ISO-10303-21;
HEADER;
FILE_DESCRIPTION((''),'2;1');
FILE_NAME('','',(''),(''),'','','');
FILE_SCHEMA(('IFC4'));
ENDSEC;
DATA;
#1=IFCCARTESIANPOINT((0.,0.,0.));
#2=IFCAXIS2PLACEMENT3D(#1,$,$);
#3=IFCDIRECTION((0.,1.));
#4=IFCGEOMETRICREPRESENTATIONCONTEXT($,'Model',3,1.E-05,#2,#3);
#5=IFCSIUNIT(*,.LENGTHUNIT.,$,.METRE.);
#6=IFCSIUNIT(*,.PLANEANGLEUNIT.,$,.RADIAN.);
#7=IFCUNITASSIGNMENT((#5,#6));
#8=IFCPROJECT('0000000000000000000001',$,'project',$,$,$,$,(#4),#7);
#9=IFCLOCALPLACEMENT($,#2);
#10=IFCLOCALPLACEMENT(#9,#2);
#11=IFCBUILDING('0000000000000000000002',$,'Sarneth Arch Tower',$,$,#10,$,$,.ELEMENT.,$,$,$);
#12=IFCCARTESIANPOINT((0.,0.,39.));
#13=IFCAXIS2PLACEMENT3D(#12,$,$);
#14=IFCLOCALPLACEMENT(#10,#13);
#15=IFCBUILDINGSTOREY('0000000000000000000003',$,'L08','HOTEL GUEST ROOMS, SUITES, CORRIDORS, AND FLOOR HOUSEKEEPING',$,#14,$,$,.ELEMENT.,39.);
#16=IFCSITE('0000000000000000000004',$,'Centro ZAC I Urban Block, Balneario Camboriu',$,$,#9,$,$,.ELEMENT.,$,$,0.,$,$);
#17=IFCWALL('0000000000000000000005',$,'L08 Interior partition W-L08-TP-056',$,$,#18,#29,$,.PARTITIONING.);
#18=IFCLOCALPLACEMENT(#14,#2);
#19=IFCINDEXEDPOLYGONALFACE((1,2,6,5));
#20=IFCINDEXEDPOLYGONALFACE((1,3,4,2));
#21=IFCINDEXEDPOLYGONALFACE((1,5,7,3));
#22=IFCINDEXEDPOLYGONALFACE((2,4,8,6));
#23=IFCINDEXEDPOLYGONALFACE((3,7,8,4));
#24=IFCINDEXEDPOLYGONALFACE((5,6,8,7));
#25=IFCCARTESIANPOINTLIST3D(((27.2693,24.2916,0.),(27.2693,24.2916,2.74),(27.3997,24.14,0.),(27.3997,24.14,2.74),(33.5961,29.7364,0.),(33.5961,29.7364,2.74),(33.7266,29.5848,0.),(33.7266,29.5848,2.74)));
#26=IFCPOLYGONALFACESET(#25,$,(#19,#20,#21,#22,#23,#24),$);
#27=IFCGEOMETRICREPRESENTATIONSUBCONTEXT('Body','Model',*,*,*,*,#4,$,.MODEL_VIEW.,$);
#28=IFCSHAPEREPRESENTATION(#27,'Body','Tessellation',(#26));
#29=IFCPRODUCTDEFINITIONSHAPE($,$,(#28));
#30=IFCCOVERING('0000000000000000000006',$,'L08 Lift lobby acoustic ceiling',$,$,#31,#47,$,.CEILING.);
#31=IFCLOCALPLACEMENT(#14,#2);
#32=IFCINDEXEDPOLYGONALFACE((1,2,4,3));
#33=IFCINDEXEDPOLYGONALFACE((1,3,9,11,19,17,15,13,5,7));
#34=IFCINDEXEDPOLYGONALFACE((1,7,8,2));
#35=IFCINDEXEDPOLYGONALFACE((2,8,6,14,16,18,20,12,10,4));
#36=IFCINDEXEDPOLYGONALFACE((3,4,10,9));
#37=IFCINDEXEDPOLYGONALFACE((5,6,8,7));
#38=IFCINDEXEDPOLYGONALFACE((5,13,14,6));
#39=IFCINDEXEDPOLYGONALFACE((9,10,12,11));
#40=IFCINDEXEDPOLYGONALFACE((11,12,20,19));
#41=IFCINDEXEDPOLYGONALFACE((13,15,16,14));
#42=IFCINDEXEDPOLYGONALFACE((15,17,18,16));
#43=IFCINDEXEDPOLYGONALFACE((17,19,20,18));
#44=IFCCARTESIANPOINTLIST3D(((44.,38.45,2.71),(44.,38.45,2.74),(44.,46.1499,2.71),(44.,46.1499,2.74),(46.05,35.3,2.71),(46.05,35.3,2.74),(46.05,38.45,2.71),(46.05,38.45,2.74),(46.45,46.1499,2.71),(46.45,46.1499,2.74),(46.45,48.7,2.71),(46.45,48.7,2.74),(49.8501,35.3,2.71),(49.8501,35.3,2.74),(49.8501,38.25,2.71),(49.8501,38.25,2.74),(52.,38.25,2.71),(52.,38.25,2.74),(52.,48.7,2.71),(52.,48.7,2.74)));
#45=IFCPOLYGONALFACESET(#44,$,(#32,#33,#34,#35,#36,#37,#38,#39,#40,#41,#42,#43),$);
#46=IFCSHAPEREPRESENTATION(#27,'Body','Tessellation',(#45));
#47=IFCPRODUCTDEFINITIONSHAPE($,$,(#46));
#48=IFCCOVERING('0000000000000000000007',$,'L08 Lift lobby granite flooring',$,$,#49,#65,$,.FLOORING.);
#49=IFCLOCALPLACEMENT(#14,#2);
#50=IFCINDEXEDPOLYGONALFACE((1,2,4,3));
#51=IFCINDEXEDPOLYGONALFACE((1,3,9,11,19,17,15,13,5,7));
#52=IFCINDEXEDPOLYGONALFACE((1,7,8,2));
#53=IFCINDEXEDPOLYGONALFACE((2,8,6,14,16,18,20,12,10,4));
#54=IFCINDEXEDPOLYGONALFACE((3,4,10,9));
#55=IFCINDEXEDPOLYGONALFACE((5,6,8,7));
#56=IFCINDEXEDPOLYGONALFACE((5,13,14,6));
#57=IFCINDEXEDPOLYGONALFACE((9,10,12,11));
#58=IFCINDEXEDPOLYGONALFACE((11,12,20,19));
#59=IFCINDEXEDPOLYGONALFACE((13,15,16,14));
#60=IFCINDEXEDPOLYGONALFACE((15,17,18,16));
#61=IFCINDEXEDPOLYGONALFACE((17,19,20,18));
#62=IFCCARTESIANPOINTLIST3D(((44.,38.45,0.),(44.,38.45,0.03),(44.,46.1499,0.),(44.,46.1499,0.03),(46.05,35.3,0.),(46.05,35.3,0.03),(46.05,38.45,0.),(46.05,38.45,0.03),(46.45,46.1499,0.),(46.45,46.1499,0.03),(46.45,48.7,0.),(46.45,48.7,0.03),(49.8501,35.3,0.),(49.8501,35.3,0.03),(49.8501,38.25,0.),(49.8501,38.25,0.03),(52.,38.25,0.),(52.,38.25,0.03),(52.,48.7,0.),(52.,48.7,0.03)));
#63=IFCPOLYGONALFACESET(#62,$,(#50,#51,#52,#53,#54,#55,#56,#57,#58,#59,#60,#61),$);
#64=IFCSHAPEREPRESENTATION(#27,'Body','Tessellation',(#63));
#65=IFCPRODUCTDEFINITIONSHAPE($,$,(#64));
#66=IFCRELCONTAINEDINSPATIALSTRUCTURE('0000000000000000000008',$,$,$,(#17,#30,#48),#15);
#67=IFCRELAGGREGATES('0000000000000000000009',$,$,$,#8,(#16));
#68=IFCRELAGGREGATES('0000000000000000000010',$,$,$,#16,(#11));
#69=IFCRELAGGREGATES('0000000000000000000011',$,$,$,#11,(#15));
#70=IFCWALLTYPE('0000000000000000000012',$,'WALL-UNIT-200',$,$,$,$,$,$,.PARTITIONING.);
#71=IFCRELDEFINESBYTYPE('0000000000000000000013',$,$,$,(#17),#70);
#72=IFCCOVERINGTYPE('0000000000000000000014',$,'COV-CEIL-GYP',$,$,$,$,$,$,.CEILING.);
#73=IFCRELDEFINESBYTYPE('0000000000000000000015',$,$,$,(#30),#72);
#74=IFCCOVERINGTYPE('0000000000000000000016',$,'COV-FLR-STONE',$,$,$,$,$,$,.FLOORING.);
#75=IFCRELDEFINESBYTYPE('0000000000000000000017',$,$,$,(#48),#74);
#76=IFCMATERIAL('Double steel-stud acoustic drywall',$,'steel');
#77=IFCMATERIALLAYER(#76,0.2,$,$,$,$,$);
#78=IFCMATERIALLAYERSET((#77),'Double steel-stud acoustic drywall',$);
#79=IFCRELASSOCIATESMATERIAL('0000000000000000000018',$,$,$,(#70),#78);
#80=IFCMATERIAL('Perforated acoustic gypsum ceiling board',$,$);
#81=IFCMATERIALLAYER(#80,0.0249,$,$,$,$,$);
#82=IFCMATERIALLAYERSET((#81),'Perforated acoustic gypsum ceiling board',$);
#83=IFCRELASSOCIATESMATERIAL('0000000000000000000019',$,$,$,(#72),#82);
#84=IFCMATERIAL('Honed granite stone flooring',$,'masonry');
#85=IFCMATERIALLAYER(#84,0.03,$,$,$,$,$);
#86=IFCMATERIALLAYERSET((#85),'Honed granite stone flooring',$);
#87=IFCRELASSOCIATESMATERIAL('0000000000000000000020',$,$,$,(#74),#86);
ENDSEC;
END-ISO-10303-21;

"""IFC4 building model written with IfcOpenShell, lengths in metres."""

from ifc_helpers import new_model, si_unit, direction, frame, frame_2d, origin, place, context, subcontext, project, spatial, polyline, rectangle, outline, extrude, material, layer, layer_set, type_object, element, save


model = new_model("IFC4")

# Units and contexts
model_context = context("Model", 3, precision=1e-05, world=origin(), true_north=direction((0.0, 1.0)))
body_context = subcontext(model_context, "Body", "Model", "MODEL_VIEW")
ifc_project = project(units=[si_unit("LENGTHUNIT", "METRE"), si_unit("PLANEANGLEUNIT", "RADIAN")], contexts=[model_context])

# Site, building, storey
site_placement = place(None, origin())
site = spatial("IfcSite", under=ifc_project, at=site_placement, Name="Centro ZAC I Urban Block, Balneario Camboriu", CompositionType="ELEMENT", RefElevation=0.0)
building_placement = place(site_placement, origin())
building = spatial("IfcBuilding", under=site, at=building_placement, Name="Sarneth Arch Tower", CompositionType="ELEMENT")
storey_placement = place(building_placement, frame((0.0, 0.0, 39.0)))
storey = spatial("IfcBuildingStorey", under=building, at=storey_placement, Name="L08", Description="HOTEL GUEST ROOMS, SUITES, CORRIDORS, AND FLOOR HOUSEKEEPING", CompositionType="ELEMENT", Elevation=39.0)

# Wall
ifc_material_1 = material(Name="Double steel-stud acoustic drywall", Category="steel")
ifc_layer_1 = layer(ifc_material_1, 0.2)
ifc_layer_set_1 = layer_set([ifc_layer_1], Name="Double steel-stud acoustic drywall")
wall_type_1 = type_object("IfcWallType", Name="WALL-UNIT-200", PredefinedType="PARTITIONING", material=ifc_layer_set_1)
wall_1_placement = place(storey_placement, frame((27.3345, 24.2158, 0.0), z_axis=(0.0, 0.0, 1.0), x_axis=(0.757967, 0.652293, 0.0)))
element("IfcWall", 1, at=wall_1_placement, inside=storey, type_object=wall_type_1, Name="L08 Interior partition W-L08-TP-056", PredefinedType="PARTITIONING", context=body_context, shape_type="SweptSolid", body=[
    extrude(rectangle(XDim=8.3472, YDim=0.2, at=frame_2d((4.1736, 0.0))), origin(), (0.0, 0.0, 1.0), 2.74),
])

# Coverings
ifc_material_2 = material(Name="Perforated acoustic gypsum ceiling board")
ifc_layer_2 = layer(ifc_material_2, 0.0249)
ifc_layer_set_2 = layer_set([ifc_layer_2], Name="Perforated acoustic gypsum ceiling board")
covering_type_1 = type_object("IfcCoveringType", Name="COV-CEIL-GYP", PredefinedType="CEILING", material=ifc_layer_set_2)
covering_1_placement = place(storey_placement, frame((0.0, 0.0, 2.71)))
element("IfcCovering", 2, at=covering_1_placement, inside=storey, type_object=covering_type_1, Name="L08 Lift lobby acoustic ceiling", PredefinedType="CEILING", context=body_context, shape_type="SweptSolid", body=[
    extrude(outline(polyline([(49.8501, 38.25), (49.8501, 35.3), (46.05, 35.3), (46.05, 38.45), (44.0, 38.45), (44.0, 46.1499), (46.45, 46.1499), (46.45, 48.7), (52.0, 48.7), (52.0, 38.25), (49.8501, 38.25)])), origin(), (0.0, 0.0, 1.0), 0.03),
])
ifc_material_3 = material(Name="Honed granite stone flooring", Category="masonry")
ifc_layer_3 = layer(ifc_material_3, 0.03)
ifc_layer_set_3 = layer_set([ifc_layer_3], Name="Honed granite stone flooring")
covering_type_2 = type_object("IfcCoveringType", Name="COV-FLR-STONE", PredefinedType="FLOORING", material=ifc_layer_set_3)
covering_2_placement = place(storey_placement, origin())
element("IfcCovering", 3, at=covering_2_placement, inside=storey, type_object=covering_type_2, Name="L08 Lift lobby granite flooring", PredefinedType="FLOORING", context=body_context, shape_type="SweptSolid", body=[
    extrude(outline(polyline([(49.8501, 38.25), (49.8501, 35.3), (46.05, 35.3), (46.05, 38.45), (44.0, 38.45), (44.0, 46.1499), (46.45, 46.1499), (46.45, 48.7), (52.0, 48.7), (52.0, 38.25), (49.8501, 38.25)])), origin(), (0.0, 0.0, 1.0), 0.03),
])

save(model, "model.ifc")
